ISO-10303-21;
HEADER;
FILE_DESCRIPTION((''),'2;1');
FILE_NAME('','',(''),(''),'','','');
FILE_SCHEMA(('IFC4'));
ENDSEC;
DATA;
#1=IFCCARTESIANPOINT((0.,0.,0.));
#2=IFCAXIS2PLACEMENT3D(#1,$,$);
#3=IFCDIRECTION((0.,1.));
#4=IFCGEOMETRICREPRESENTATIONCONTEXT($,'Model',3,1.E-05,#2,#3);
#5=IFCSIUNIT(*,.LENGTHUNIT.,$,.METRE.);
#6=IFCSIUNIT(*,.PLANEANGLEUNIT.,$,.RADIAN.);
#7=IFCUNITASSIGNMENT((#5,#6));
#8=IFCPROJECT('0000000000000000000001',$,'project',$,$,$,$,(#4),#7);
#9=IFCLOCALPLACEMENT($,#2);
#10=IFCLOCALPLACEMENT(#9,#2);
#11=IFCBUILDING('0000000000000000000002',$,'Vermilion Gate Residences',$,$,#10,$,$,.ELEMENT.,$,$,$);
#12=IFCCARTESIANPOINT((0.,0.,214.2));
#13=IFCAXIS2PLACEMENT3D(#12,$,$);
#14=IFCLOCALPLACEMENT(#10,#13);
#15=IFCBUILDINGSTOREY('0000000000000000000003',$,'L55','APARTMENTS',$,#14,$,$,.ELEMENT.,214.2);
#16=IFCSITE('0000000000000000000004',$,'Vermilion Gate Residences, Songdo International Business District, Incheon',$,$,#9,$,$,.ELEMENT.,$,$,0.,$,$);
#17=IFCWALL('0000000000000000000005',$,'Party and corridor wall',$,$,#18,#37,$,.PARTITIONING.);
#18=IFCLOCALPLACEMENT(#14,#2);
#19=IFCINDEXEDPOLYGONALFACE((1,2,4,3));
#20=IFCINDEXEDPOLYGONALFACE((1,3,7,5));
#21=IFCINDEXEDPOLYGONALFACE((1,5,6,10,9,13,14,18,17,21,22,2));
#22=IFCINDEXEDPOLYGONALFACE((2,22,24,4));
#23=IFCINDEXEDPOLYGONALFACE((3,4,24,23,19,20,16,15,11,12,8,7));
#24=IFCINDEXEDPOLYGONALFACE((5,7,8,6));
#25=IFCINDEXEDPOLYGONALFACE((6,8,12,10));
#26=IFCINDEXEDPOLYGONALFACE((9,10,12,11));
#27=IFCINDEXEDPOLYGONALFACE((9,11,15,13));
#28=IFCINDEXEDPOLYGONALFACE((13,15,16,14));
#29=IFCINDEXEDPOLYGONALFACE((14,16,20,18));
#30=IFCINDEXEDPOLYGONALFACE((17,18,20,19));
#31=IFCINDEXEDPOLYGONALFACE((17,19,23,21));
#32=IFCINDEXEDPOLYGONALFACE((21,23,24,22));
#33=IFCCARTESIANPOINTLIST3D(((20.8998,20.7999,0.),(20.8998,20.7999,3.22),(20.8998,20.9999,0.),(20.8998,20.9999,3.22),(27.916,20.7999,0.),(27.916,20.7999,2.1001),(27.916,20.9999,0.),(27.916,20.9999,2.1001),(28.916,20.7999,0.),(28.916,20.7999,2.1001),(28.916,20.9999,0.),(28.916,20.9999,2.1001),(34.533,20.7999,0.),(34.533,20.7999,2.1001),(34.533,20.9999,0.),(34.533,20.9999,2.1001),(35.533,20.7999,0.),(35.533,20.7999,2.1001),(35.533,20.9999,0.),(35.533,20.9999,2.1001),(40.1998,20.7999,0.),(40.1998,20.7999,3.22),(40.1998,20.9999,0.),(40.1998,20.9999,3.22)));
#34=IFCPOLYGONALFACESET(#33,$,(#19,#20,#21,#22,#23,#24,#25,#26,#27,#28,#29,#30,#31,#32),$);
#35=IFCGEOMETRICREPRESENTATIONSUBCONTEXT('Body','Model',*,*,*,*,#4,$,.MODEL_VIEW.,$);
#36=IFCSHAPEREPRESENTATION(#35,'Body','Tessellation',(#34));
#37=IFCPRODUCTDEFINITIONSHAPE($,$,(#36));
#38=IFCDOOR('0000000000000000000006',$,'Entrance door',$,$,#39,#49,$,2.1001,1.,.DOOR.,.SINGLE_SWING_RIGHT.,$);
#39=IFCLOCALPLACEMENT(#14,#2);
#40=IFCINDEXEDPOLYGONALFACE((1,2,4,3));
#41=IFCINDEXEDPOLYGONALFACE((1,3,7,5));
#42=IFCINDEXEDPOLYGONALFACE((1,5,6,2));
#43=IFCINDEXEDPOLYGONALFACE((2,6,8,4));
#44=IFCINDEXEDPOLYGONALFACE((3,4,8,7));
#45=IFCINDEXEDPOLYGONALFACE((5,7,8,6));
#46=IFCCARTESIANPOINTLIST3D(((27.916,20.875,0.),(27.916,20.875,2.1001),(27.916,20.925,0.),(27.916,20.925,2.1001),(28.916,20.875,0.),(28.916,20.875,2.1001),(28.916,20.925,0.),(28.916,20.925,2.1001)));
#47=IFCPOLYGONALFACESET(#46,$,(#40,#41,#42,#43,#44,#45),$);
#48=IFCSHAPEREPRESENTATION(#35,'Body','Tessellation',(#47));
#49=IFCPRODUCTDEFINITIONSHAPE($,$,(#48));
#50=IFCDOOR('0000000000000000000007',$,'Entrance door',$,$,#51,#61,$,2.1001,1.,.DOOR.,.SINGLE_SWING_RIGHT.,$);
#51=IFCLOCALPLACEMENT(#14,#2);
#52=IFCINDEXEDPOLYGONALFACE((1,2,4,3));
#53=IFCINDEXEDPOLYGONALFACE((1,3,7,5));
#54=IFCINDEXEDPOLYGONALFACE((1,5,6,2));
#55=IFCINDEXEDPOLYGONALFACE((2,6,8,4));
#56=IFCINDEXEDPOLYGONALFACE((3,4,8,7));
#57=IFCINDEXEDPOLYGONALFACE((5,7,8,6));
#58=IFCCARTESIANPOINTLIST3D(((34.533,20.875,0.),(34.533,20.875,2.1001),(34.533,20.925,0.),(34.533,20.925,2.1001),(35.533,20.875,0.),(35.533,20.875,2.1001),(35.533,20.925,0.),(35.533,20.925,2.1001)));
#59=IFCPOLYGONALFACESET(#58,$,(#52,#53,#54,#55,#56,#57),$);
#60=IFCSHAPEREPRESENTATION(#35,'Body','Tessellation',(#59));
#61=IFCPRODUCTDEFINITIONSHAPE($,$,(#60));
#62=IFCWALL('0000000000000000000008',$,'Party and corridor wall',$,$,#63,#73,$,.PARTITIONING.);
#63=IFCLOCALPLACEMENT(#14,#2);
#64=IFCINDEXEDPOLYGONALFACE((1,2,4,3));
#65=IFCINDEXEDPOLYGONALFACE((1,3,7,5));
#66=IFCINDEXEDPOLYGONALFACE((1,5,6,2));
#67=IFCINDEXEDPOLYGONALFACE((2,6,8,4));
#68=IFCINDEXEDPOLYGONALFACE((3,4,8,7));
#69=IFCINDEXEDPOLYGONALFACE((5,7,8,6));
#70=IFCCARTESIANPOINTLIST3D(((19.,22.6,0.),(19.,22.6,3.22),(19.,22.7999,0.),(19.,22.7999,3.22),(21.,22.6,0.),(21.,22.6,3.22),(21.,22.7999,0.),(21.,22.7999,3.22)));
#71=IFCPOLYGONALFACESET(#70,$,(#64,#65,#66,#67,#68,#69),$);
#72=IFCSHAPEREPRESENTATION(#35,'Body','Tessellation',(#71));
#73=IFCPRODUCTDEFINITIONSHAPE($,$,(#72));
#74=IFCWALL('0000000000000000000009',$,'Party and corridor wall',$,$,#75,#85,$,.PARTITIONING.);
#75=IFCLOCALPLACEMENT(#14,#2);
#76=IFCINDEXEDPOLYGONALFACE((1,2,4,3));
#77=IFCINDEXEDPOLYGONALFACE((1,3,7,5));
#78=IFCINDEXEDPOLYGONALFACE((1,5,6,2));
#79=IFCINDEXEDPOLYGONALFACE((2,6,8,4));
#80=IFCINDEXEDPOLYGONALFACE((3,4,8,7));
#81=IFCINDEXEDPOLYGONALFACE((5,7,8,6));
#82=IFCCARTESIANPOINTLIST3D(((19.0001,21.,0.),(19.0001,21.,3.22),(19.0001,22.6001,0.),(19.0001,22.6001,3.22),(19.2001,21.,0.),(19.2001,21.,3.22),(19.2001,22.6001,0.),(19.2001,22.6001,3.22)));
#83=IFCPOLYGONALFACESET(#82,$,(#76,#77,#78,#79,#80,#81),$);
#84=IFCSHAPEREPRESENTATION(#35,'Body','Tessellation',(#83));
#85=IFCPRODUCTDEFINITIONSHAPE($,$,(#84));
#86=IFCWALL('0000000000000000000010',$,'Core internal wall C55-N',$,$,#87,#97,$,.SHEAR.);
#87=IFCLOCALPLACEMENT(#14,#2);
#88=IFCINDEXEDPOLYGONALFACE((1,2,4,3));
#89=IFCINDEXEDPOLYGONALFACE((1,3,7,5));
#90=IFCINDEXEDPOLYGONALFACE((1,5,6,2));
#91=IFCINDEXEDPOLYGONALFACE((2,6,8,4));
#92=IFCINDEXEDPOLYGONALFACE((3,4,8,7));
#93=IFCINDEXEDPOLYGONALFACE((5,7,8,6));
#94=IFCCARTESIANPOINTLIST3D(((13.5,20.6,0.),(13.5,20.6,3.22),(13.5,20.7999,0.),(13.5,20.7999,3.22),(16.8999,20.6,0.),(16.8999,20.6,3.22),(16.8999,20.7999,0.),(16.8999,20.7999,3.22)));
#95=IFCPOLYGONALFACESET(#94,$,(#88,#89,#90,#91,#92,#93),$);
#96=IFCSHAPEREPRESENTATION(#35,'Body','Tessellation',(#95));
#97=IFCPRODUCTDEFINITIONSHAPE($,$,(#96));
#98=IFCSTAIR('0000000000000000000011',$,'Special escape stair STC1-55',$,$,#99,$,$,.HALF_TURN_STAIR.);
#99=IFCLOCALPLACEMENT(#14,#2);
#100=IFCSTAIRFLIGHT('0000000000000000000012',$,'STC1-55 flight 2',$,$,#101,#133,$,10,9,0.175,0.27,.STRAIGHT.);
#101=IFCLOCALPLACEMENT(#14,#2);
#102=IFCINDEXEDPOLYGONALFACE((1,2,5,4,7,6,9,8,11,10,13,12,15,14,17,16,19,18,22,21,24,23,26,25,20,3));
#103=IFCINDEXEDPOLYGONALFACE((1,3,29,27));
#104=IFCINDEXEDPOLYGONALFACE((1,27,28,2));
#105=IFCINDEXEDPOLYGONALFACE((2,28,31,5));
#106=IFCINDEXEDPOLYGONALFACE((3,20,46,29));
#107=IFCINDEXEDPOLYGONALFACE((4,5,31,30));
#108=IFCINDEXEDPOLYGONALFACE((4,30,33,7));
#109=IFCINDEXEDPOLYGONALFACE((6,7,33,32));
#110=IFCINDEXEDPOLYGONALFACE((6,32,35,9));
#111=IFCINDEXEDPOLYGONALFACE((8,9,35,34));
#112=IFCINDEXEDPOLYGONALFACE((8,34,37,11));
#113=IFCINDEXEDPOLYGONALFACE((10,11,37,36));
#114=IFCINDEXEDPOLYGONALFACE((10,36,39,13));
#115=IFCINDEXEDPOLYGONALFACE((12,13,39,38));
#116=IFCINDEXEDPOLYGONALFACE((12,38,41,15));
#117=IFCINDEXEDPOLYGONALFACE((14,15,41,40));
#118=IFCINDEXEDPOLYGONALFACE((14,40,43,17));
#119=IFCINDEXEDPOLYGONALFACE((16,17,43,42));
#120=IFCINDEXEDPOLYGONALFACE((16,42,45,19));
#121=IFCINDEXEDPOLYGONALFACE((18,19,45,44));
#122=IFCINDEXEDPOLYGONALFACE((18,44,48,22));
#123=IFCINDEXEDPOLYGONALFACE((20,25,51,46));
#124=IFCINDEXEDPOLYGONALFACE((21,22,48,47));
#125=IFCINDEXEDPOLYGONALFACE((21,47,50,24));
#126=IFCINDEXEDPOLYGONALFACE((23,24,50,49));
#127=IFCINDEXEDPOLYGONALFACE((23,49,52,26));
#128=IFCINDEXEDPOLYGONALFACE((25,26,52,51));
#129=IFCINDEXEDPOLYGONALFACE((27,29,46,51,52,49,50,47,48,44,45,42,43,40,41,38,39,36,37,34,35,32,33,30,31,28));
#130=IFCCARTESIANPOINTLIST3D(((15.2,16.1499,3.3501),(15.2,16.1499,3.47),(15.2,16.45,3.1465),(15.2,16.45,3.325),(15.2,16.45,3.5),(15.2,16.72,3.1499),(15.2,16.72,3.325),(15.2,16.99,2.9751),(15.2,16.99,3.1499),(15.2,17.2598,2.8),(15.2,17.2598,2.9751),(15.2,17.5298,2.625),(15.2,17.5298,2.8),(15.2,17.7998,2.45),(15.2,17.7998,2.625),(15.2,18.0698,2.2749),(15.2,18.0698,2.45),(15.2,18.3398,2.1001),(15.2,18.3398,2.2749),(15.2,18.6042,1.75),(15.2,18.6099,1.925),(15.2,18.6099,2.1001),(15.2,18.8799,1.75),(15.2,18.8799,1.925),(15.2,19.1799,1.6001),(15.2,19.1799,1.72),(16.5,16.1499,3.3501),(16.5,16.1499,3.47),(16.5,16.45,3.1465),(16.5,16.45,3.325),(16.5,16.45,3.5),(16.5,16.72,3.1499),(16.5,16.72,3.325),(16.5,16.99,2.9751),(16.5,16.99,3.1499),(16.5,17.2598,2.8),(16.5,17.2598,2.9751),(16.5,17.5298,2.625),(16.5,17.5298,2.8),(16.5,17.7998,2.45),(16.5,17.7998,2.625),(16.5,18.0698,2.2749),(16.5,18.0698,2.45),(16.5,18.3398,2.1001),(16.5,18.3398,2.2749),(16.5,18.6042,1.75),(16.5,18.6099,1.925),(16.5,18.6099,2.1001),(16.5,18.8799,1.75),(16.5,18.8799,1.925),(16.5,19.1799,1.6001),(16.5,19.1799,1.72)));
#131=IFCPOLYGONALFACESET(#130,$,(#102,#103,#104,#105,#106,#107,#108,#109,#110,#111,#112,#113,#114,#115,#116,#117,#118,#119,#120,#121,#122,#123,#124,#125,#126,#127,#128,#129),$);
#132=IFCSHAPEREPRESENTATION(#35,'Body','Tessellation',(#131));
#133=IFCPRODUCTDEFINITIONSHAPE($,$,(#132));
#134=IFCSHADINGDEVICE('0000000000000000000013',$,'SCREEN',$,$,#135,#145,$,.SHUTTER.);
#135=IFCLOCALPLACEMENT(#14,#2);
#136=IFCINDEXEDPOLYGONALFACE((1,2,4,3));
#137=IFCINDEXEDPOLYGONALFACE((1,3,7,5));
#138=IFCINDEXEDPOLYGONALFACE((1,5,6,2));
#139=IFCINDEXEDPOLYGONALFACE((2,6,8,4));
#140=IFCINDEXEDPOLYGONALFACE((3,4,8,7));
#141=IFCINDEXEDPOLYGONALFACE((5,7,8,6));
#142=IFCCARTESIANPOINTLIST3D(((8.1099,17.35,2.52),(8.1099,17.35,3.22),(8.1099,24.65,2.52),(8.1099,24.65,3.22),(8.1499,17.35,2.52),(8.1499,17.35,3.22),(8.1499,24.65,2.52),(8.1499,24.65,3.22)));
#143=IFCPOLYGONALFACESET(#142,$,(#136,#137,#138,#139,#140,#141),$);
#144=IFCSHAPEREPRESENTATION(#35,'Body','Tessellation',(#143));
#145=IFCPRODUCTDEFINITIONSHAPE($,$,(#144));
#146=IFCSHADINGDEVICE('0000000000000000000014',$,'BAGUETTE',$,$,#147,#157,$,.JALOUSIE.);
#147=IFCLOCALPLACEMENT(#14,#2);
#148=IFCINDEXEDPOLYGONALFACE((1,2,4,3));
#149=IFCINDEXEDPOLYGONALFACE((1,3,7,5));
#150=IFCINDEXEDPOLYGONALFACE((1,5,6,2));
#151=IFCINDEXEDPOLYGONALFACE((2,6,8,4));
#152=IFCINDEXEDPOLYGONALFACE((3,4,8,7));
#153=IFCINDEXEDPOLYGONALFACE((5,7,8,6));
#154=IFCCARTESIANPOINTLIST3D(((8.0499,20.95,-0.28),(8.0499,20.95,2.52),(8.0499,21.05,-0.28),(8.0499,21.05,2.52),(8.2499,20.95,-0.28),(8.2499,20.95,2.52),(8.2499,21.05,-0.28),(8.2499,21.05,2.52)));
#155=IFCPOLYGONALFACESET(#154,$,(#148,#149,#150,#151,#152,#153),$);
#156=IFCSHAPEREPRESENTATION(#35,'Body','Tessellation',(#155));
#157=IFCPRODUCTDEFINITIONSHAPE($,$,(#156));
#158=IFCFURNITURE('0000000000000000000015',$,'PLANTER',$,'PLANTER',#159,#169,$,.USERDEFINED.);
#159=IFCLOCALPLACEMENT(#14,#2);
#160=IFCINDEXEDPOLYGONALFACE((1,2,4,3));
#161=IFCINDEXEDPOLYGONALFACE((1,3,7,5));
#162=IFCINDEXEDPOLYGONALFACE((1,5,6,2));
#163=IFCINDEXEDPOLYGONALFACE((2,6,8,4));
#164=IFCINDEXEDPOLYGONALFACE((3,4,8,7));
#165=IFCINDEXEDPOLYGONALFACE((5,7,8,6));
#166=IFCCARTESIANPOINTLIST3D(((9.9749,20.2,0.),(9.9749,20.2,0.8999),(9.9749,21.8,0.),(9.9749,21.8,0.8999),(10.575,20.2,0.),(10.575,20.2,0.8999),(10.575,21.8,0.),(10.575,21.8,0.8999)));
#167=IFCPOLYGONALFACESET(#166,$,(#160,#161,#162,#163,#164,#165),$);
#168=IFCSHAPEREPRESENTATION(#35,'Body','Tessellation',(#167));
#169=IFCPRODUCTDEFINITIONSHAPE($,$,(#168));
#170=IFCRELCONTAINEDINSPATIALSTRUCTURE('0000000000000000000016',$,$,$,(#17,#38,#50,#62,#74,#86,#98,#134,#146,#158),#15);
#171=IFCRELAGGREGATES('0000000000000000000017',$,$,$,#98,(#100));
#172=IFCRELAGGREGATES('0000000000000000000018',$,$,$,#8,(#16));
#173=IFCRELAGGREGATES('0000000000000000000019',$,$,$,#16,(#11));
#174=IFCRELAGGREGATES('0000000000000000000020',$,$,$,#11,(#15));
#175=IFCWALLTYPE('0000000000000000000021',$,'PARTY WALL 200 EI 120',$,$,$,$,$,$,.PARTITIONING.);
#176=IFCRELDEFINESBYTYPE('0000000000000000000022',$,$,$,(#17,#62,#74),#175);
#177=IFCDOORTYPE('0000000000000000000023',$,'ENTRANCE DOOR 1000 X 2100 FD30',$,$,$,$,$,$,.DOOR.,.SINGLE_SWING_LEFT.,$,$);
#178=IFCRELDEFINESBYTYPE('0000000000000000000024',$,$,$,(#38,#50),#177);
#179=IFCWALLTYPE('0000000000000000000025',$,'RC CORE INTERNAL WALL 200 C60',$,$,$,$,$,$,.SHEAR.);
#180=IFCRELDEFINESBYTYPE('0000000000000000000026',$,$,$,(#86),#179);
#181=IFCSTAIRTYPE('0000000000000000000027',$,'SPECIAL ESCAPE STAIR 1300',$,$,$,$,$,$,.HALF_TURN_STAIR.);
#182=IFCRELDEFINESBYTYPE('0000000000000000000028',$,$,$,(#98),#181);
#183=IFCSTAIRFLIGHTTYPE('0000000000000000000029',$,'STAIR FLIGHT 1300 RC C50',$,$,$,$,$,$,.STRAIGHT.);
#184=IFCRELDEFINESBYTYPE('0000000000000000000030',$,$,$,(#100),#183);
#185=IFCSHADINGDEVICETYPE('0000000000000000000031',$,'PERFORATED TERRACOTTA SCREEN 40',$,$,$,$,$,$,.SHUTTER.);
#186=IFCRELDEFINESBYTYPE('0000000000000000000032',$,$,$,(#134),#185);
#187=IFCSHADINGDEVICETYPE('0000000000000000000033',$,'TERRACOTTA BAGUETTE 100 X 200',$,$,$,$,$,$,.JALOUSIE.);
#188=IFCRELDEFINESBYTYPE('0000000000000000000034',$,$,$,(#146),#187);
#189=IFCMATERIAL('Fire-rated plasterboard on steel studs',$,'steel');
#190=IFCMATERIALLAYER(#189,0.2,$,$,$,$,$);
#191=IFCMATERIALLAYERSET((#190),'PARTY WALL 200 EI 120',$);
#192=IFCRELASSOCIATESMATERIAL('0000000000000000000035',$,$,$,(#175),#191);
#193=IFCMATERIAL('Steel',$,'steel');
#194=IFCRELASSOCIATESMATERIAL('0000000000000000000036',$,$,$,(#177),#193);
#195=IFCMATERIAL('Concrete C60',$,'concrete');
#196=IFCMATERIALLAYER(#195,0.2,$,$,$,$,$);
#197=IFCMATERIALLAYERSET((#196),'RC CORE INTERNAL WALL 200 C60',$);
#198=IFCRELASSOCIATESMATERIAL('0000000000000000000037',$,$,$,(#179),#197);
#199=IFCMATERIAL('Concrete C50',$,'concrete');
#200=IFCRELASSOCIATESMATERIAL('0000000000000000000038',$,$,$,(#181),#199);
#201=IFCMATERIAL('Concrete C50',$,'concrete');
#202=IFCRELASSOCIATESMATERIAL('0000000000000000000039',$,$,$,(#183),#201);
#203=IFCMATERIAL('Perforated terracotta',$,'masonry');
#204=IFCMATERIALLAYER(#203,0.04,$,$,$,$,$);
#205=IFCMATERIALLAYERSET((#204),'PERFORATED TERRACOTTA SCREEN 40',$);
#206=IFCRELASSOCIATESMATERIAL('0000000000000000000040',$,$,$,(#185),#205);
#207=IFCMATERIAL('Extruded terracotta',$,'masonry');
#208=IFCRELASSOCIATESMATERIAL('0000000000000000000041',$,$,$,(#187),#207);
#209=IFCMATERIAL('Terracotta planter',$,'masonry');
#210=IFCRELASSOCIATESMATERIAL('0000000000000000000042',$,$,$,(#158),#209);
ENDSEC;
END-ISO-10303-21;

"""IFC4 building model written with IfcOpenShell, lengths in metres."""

from ifc_helpers import new_model, si_unit, direction, frame, frame_2d, origin, origin_2d, place, context, subcontext, project, spatial, polyline, rectangle, outline, extrude, material, layer, layer_set, material_profile, profile_set, type_object, element, fill, aggregate, save


model = new_model("IFC4")

# Units and contexts
model_context = context("Model", 3, precision=1e-05, world=origin(), true_north=direction((0.0, 1.0)))
body_context = subcontext(model_context, "Body", "Model", "MODEL_VIEW")
ifc_project = project(units=[si_unit("LENGTHUNIT", "METRE"), si_unit("PLANEANGLEUNIT", "RADIAN")], contexts=[model_context])

# Site, building, storey
site_placement = place(None, origin())
site = spatial("IfcSite", under=ifc_project, at=site_placement, Name="Vermilion Gate Residences, Songdo International Business District, Incheon", CompositionType="ELEMENT", RefElevation=0.0)
building_placement = place(site_placement, origin())
building = spatial("IfcBuilding", under=site, at=building_placement, Name="Vermilion Gate Residences", CompositionType="ELEMENT")
storey_placement = place(building_placement, frame((0.0, 0.0, 214.2)))
storey = spatial("IfcBuildingStorey", under=building, at=storey_placement, Name="L55", Description="APARTMENTS", CompositionType="ELEMENT", Elevation=214.2)

# Shared definitions
ifc_material_1 = material(Name="Fire-rated plasterboard on steel studs", Category="steel")
ifc_layer_1 = layer(ifc_material_1, 0.2)
ifc_layer_set_1 = layer_set([ifc_layer_1], Name="PARTY WALL 200 EI 120")
wall_type_1 = type_object("IfcWallType", Name="PARTY WALL 200 EI 120", PredefinedType="PARTITIONING", material=ifc_layer_set_1)

# Wall, openings, doors
wall_1_placement = place(storey_placement, frame((20.8999, 20.8999, 0.0), z_axis=(0.0, 0.0, 1.0), x_axis=(1.0, 0.0, 0.0)))
wall_1 = element("IfcWall", 1, at=wall_1_placement, inside=storey, type_object=wall_type_1, Name="Party and corridor wall", PredefinedType="PARTITIONING", context=body_context, shape_type="SweptSolid", body=[
    extrude(rectangle(XDim=19.3, YDim=0.2, at=frame_2d((9.6499, 0.0))), origin(), (0.0, 0.0, 1.0), 3.22),
])
opening_1_placement = place(wall_1_placement, frame((7.0161, 0.0, 0.0)))
opening_1 = element("IfcOpeningElement", 2, at=opening_1_placement, cuts=wall_1, PredefinedType="OPENING", context=body_context, shape_type="SweptSolid", body=[
    extrude(rectangle(XDim=1.0, YDim=2.1001, at=frame_2d((0.5, 1.05))), frame((0.0, 0.1099, 0.0), z_axis=(0.0, -1.0, 0.0), x_axis=(1.0, 0.0, 0.0)), (0.0, 0.0, 1.0), 0.22),
])
opening_2_placement = place(wall_1_placement, frame((13.6331, 0.0, 0.0)))
opening_2 = element("IfcOpeningElement", 3, at=opening_2_placement, cuts=wall_1, PredefinedType="OPENING", context=body_context, shape_type="SweptSolid", body=[
    extrude(rectangle(XDim=1.0, YDim=2.1001, at=frame_2d((0.5, 1.05))), frame((0.0, 0.1099, 0.0), z_axis=(0.0, -1.0, 0.0), x_axis=(1.0, 0.0, 0.0)), (0.0, 0.0, 1.0), 0.22),
])
ifc_material_2 = material(Name="Steel", Category="steel")
door_type_1 = type_object("IfcDoorType", Name="ENTRANCE DOOR 1000 X 2100 FD30", OperationType="SINGLE_SWING_LEFT", PredefinedType="DOOR", material=ifc_material_2)
door_1_placement = place(opening_1_placement, frame((1.0, 0.0, 0.0), z_axis=(0.0, 0.0, 1.0), x_axis=(-1.0, 0.0, 0.0)))
door_1 = element("IfcDoor", 4, at=door_1_placement, inside=storey, type_object=door_type_1, Name="Entrance door", OperationType="SINGLE_SWING_RIGHT", OverallHeight=2.1001, OverallWidth=1.0, PredefinedType="DOOR", context=body_context, shape_type="SweptSolid", body=[
    extrude(rectangle(XDim=1.0, YDim=2.1001, at=frame_2d((0.5, 1.05))), frame((0.0, 0.0249, 0.0), z_axis=(0.0, -1.0, 0.0), x_axis=(1.0, 0.0, 0.0)), (0.0, 0.0, 1.0), 0.05),
])
fill(opening_1, door_1)
door_2_placement = place(opening_2_placement, frame((1.0, 0.0, 0.0), z_axis=(0.0, 0.0, 1.0), x_axis=(-1.0, 0.0, 0.0)))
door_2 = element("IfcDoor", 5, at=door_2_placement, inside=storey, type_object=door_type_1, Name="Entrance door", OperationType="SINGLE_SWING_RIGHT", OverallHeight=2.1001, OverallWidth=1.0, PredefinedType="DOOR", context=body_context, shape_type="SweptSolid", body=[
    extrude(rectangle(XDim=1.0, YDim=2.1001, at=frame_2d((0.5, 1.05))), frame((0.0, 0.0249, 0.0), z_axis=(0.0, -1.0, 0.0), x_axis=(1.0, 0.0, 0.0)), (0.0, 0.0, 1.0), 0.05),
])
fill(opening_2, door_2)

# Walls
wall_2_placement = place(storey_placement, frame((19.0, 22.7, 0.0), z_axis=(0.0, 0.0, 1.0), x_axis=(1.0, 0.0, 0.0)))
element("IfcWall", 6, at=wall_2_placement, inside=storey, type_object=wall_type_1, Name="Party and corridor wall", PredefinedType="PARTITIONING", context=body_context, shape_type="SweptSolid", body=[
    extrude(rectangle(XDim=2.0, YDim=0.2, at=frame_2d((1.0, 0.0))), origin(), (0.0, 0.0, 1.0), 3.22),
])
wall_3_placement = place(storey_placement, frame((19.1001, 21.0, 0.0), z_axis=(0.0, 0.0, 1.0), x_axis=(0.0, 1.0, 0.0)))
element("IfcWall", 7, at=wall_3_placement, inside=storey, type_object=wall_type_1, Name="Party and corridor wall", PredefinedType="PARTITIONING", context=body_context, shape_type="SweptSolid", body=[
    extrude(rectangle(XDim=1.6001, YDim=0.2, at=frame_2d((0.8, 0.0))), origin(), (0.0, 0.0, 1.0), 3.22),
])
ifc_material_3 = material(Name="Concrete C60", Category="concrete")
ifc_layer_2 = layer(ifc_material_3, 0.2)
ifc_layer_set_2 = layer_set([ifc_layer_2], Name="RC CORE INTERNAL WALL 200 C60")
wall_type_2 = type_object("IfcWallType", Name="RC CORE INTERNAL WALL 200 C60", PredefinedType="SHEAR", material=ifc_layer_set_2)
wall_4_placement = place(storey_placement, frame((13.5, 20.7, 0.0), z_axis=(0.0, 0.0, 1.0), x_axis=(1.0, 0.0, 0.0)))
element("IfcWall", 8, at=wall_4_placement, inside=storey, type_object=wall_type_2, Name="Core internal wall C55-N", PredefinedType="SHEAR", context=body_context, shape_type="SweptSolid", body=[
    extrude(rectangle(XDim=3.3999, YDim=0.2, at=frame_2d((1.7, 0.0))), origin(), (0.0, 0.0, 1.0), 3.22),
])

# Stair, stair flight
ifc_material_4 = material(Name="Concrete C50", Category="concrete")
stair_type = type_object("IfcStairType", Name="SPECIAL ESCAPE STAIR 1300", PredefinedType="HALF_TURN_STAIR", material=ifc_material_4)
stair_placement = place(storey_placement, origin())
stair = element("IfcStair", 9, at=stair_placement, inside=storey, type_object=stair_type, Name="Special escape stair STC1-55", PredefinedType="HALF_TURN_STAIR")
ifc_material_5 = material(Name="Concrete C50", Category="concrete")
stair_flight_type = type_object("IfcStairFlightType", Name="STAIR FLIGHT 1300 RC C50", PredefinedType="STRAIGHT", material=ifc_material_5)
stair_flight_placement = place(storey_placement, frame((15.8501, 18.8799, 1.75), z_axis=(0.0, 0.0, 1.0), x_axis=(0.0, -1.0, 0.0)))
stair_flight = element("IfcStairFlight", 10, at=stair_flight_placement, type_object=stair_flight_type, Name="STC1-55 flight 2", NumberOfRisers=10, NumberOfTreads=9, PredefinedType="STRAIGHT", RiserHeight=0.175, TreadLength=0.27, context=body_context, shape_type="SweptSolid", body=[
    extrude(outline(polyline([(-0.3, -0.1499), (-0.3, -0.03), (0.0, 0.0), (0.0, 0.175), (0.27, 0.175), (0.27, 0.3501), (0.54, 0.3501), (0.54, 0.5249), (0.8101, 0.5249), (0.8101, 0.7), (1.0801, 0.7), (1.0801, 0.875), (1.3501, 0.875), (1.3501, 1.05), (1.6201, 1.05), (1.6201, 1.2251), (1.8899, 1.2251), (1.8899, 1.3999), (2.1599, 1.3999), (2.1599, 1.575), (2.4299, 1.575), (2.4299, 1.75), (2.73, 1.72), (2.73, 1.6001), (2.4299, 1.3965), (0.2756, 0.0), (-0.3, -0.1499)])), frame((0.0, 0.6499, 0.0), z_axis=(0.0, -1.0, 0.0), x_axis=(1.0, 0.0, 0.0)), (0.0, 0.0, 1.0), 1.3),
])
aggregate(stair, [stair_flight])

# Shading devices
ifc_material_6 = material(Name="Perforated terracotta", Category="masonry")
ifc_layer_3 = layer(ifc_material_6, 0.04)
ifc_layer_set_3 = layer_set([ifc_layer_3], Name="PERFORATED TERRACOTTA SCREEN 40")
shading_device_type_1 = type_object("IfcShadingDeviceType", Name="PERFORATED TERRACOTTA SCREEN 40", PredefinedType="SHUTTER", material=ifc_layer_set_3)
shading_device_1_placement = place(storey_placement, frame((8.1299, 21.0, 2.52), z_axis=(0.0, 0.0, 1.0), x_axis=(0.0, -1.0, 0.0)))
element("IfcShadingDevice", 11, at=shading_device_1_placement, inside=storey, type_object=shading_device_type_1, Name="SCREEN", PredefinedType="SHUTTER", context=body_context, shape_type="SweptSolid", body=[
    extrude(rectangle(XDim=7.3, YDim=0.04, at=origin_2d()), origin(), (0.0, 0.0, 1.0), 0.7),
])
ifc_material_7 = material(Name="Extruded terracotta", Category="masonry")
ifc_material_profile_1 = material_profile(ifc_material_7, rectangle(XDim=0.2, YDim=0.1001, at=origin_2d()), Name="BAGUETTE 100 X 200")
ifc_profile_set_1 = profile_set([ifc_material_profile_1], Name="Extruded terracotta")
shading_device_type_2 = type_object("IfcShadingDeviceType", Name="TERRACOTTA BAGUETTE 100 X 200", PredefinedType="JALOUSIE", material=ifc_profile_set_1)
shading_device_2_placement = place(storey_placement, frame((8.1499, 21.0, -0.28), z_axis=(0.0, 0.0, 1.0), x_axis=(1.0, 0.0, 0.0)))
element("IfcShadingDevice", 12, at=shading_device_2_placement, inside=storey, type_object=shading_device_type_2, Name="BAGUETTE", PredefinedType="JALOUSIE", context=body_context, shape_type="SweptSolid", body=[
    extrude(rectangle(XDim=0.2, YDim=0.1001, at=origin_2d()), origin(), (0.0, 0.0, 1.0), 2.8),
])

# Furniture
ifc_material_8 = material(Name="Terracotta planter", Category="masonry")
furniture_placement = place(storey_placement, frame((10.2749, 21.0, 0.0), z_axis=(0.0, 0.0, 1.0), x_axis=(0.0, -1.0, 0.0)))
element("IfcFurniture", 13, at=furniture_placement, inside=storey, material=ifc_material_8, Name="PLANTER", ObjectType="PLANTER", PredefinedType="USERDEFINED", context=body_context, shape_type="SweptSolid", body=[
    extrude(rectangle(XDim=1.6001, YDim=0.6001, at=origin_2d()), origin(), (0.0, 0.0, 1.0), 0.8999),
])

save(model, "model.ifc")
